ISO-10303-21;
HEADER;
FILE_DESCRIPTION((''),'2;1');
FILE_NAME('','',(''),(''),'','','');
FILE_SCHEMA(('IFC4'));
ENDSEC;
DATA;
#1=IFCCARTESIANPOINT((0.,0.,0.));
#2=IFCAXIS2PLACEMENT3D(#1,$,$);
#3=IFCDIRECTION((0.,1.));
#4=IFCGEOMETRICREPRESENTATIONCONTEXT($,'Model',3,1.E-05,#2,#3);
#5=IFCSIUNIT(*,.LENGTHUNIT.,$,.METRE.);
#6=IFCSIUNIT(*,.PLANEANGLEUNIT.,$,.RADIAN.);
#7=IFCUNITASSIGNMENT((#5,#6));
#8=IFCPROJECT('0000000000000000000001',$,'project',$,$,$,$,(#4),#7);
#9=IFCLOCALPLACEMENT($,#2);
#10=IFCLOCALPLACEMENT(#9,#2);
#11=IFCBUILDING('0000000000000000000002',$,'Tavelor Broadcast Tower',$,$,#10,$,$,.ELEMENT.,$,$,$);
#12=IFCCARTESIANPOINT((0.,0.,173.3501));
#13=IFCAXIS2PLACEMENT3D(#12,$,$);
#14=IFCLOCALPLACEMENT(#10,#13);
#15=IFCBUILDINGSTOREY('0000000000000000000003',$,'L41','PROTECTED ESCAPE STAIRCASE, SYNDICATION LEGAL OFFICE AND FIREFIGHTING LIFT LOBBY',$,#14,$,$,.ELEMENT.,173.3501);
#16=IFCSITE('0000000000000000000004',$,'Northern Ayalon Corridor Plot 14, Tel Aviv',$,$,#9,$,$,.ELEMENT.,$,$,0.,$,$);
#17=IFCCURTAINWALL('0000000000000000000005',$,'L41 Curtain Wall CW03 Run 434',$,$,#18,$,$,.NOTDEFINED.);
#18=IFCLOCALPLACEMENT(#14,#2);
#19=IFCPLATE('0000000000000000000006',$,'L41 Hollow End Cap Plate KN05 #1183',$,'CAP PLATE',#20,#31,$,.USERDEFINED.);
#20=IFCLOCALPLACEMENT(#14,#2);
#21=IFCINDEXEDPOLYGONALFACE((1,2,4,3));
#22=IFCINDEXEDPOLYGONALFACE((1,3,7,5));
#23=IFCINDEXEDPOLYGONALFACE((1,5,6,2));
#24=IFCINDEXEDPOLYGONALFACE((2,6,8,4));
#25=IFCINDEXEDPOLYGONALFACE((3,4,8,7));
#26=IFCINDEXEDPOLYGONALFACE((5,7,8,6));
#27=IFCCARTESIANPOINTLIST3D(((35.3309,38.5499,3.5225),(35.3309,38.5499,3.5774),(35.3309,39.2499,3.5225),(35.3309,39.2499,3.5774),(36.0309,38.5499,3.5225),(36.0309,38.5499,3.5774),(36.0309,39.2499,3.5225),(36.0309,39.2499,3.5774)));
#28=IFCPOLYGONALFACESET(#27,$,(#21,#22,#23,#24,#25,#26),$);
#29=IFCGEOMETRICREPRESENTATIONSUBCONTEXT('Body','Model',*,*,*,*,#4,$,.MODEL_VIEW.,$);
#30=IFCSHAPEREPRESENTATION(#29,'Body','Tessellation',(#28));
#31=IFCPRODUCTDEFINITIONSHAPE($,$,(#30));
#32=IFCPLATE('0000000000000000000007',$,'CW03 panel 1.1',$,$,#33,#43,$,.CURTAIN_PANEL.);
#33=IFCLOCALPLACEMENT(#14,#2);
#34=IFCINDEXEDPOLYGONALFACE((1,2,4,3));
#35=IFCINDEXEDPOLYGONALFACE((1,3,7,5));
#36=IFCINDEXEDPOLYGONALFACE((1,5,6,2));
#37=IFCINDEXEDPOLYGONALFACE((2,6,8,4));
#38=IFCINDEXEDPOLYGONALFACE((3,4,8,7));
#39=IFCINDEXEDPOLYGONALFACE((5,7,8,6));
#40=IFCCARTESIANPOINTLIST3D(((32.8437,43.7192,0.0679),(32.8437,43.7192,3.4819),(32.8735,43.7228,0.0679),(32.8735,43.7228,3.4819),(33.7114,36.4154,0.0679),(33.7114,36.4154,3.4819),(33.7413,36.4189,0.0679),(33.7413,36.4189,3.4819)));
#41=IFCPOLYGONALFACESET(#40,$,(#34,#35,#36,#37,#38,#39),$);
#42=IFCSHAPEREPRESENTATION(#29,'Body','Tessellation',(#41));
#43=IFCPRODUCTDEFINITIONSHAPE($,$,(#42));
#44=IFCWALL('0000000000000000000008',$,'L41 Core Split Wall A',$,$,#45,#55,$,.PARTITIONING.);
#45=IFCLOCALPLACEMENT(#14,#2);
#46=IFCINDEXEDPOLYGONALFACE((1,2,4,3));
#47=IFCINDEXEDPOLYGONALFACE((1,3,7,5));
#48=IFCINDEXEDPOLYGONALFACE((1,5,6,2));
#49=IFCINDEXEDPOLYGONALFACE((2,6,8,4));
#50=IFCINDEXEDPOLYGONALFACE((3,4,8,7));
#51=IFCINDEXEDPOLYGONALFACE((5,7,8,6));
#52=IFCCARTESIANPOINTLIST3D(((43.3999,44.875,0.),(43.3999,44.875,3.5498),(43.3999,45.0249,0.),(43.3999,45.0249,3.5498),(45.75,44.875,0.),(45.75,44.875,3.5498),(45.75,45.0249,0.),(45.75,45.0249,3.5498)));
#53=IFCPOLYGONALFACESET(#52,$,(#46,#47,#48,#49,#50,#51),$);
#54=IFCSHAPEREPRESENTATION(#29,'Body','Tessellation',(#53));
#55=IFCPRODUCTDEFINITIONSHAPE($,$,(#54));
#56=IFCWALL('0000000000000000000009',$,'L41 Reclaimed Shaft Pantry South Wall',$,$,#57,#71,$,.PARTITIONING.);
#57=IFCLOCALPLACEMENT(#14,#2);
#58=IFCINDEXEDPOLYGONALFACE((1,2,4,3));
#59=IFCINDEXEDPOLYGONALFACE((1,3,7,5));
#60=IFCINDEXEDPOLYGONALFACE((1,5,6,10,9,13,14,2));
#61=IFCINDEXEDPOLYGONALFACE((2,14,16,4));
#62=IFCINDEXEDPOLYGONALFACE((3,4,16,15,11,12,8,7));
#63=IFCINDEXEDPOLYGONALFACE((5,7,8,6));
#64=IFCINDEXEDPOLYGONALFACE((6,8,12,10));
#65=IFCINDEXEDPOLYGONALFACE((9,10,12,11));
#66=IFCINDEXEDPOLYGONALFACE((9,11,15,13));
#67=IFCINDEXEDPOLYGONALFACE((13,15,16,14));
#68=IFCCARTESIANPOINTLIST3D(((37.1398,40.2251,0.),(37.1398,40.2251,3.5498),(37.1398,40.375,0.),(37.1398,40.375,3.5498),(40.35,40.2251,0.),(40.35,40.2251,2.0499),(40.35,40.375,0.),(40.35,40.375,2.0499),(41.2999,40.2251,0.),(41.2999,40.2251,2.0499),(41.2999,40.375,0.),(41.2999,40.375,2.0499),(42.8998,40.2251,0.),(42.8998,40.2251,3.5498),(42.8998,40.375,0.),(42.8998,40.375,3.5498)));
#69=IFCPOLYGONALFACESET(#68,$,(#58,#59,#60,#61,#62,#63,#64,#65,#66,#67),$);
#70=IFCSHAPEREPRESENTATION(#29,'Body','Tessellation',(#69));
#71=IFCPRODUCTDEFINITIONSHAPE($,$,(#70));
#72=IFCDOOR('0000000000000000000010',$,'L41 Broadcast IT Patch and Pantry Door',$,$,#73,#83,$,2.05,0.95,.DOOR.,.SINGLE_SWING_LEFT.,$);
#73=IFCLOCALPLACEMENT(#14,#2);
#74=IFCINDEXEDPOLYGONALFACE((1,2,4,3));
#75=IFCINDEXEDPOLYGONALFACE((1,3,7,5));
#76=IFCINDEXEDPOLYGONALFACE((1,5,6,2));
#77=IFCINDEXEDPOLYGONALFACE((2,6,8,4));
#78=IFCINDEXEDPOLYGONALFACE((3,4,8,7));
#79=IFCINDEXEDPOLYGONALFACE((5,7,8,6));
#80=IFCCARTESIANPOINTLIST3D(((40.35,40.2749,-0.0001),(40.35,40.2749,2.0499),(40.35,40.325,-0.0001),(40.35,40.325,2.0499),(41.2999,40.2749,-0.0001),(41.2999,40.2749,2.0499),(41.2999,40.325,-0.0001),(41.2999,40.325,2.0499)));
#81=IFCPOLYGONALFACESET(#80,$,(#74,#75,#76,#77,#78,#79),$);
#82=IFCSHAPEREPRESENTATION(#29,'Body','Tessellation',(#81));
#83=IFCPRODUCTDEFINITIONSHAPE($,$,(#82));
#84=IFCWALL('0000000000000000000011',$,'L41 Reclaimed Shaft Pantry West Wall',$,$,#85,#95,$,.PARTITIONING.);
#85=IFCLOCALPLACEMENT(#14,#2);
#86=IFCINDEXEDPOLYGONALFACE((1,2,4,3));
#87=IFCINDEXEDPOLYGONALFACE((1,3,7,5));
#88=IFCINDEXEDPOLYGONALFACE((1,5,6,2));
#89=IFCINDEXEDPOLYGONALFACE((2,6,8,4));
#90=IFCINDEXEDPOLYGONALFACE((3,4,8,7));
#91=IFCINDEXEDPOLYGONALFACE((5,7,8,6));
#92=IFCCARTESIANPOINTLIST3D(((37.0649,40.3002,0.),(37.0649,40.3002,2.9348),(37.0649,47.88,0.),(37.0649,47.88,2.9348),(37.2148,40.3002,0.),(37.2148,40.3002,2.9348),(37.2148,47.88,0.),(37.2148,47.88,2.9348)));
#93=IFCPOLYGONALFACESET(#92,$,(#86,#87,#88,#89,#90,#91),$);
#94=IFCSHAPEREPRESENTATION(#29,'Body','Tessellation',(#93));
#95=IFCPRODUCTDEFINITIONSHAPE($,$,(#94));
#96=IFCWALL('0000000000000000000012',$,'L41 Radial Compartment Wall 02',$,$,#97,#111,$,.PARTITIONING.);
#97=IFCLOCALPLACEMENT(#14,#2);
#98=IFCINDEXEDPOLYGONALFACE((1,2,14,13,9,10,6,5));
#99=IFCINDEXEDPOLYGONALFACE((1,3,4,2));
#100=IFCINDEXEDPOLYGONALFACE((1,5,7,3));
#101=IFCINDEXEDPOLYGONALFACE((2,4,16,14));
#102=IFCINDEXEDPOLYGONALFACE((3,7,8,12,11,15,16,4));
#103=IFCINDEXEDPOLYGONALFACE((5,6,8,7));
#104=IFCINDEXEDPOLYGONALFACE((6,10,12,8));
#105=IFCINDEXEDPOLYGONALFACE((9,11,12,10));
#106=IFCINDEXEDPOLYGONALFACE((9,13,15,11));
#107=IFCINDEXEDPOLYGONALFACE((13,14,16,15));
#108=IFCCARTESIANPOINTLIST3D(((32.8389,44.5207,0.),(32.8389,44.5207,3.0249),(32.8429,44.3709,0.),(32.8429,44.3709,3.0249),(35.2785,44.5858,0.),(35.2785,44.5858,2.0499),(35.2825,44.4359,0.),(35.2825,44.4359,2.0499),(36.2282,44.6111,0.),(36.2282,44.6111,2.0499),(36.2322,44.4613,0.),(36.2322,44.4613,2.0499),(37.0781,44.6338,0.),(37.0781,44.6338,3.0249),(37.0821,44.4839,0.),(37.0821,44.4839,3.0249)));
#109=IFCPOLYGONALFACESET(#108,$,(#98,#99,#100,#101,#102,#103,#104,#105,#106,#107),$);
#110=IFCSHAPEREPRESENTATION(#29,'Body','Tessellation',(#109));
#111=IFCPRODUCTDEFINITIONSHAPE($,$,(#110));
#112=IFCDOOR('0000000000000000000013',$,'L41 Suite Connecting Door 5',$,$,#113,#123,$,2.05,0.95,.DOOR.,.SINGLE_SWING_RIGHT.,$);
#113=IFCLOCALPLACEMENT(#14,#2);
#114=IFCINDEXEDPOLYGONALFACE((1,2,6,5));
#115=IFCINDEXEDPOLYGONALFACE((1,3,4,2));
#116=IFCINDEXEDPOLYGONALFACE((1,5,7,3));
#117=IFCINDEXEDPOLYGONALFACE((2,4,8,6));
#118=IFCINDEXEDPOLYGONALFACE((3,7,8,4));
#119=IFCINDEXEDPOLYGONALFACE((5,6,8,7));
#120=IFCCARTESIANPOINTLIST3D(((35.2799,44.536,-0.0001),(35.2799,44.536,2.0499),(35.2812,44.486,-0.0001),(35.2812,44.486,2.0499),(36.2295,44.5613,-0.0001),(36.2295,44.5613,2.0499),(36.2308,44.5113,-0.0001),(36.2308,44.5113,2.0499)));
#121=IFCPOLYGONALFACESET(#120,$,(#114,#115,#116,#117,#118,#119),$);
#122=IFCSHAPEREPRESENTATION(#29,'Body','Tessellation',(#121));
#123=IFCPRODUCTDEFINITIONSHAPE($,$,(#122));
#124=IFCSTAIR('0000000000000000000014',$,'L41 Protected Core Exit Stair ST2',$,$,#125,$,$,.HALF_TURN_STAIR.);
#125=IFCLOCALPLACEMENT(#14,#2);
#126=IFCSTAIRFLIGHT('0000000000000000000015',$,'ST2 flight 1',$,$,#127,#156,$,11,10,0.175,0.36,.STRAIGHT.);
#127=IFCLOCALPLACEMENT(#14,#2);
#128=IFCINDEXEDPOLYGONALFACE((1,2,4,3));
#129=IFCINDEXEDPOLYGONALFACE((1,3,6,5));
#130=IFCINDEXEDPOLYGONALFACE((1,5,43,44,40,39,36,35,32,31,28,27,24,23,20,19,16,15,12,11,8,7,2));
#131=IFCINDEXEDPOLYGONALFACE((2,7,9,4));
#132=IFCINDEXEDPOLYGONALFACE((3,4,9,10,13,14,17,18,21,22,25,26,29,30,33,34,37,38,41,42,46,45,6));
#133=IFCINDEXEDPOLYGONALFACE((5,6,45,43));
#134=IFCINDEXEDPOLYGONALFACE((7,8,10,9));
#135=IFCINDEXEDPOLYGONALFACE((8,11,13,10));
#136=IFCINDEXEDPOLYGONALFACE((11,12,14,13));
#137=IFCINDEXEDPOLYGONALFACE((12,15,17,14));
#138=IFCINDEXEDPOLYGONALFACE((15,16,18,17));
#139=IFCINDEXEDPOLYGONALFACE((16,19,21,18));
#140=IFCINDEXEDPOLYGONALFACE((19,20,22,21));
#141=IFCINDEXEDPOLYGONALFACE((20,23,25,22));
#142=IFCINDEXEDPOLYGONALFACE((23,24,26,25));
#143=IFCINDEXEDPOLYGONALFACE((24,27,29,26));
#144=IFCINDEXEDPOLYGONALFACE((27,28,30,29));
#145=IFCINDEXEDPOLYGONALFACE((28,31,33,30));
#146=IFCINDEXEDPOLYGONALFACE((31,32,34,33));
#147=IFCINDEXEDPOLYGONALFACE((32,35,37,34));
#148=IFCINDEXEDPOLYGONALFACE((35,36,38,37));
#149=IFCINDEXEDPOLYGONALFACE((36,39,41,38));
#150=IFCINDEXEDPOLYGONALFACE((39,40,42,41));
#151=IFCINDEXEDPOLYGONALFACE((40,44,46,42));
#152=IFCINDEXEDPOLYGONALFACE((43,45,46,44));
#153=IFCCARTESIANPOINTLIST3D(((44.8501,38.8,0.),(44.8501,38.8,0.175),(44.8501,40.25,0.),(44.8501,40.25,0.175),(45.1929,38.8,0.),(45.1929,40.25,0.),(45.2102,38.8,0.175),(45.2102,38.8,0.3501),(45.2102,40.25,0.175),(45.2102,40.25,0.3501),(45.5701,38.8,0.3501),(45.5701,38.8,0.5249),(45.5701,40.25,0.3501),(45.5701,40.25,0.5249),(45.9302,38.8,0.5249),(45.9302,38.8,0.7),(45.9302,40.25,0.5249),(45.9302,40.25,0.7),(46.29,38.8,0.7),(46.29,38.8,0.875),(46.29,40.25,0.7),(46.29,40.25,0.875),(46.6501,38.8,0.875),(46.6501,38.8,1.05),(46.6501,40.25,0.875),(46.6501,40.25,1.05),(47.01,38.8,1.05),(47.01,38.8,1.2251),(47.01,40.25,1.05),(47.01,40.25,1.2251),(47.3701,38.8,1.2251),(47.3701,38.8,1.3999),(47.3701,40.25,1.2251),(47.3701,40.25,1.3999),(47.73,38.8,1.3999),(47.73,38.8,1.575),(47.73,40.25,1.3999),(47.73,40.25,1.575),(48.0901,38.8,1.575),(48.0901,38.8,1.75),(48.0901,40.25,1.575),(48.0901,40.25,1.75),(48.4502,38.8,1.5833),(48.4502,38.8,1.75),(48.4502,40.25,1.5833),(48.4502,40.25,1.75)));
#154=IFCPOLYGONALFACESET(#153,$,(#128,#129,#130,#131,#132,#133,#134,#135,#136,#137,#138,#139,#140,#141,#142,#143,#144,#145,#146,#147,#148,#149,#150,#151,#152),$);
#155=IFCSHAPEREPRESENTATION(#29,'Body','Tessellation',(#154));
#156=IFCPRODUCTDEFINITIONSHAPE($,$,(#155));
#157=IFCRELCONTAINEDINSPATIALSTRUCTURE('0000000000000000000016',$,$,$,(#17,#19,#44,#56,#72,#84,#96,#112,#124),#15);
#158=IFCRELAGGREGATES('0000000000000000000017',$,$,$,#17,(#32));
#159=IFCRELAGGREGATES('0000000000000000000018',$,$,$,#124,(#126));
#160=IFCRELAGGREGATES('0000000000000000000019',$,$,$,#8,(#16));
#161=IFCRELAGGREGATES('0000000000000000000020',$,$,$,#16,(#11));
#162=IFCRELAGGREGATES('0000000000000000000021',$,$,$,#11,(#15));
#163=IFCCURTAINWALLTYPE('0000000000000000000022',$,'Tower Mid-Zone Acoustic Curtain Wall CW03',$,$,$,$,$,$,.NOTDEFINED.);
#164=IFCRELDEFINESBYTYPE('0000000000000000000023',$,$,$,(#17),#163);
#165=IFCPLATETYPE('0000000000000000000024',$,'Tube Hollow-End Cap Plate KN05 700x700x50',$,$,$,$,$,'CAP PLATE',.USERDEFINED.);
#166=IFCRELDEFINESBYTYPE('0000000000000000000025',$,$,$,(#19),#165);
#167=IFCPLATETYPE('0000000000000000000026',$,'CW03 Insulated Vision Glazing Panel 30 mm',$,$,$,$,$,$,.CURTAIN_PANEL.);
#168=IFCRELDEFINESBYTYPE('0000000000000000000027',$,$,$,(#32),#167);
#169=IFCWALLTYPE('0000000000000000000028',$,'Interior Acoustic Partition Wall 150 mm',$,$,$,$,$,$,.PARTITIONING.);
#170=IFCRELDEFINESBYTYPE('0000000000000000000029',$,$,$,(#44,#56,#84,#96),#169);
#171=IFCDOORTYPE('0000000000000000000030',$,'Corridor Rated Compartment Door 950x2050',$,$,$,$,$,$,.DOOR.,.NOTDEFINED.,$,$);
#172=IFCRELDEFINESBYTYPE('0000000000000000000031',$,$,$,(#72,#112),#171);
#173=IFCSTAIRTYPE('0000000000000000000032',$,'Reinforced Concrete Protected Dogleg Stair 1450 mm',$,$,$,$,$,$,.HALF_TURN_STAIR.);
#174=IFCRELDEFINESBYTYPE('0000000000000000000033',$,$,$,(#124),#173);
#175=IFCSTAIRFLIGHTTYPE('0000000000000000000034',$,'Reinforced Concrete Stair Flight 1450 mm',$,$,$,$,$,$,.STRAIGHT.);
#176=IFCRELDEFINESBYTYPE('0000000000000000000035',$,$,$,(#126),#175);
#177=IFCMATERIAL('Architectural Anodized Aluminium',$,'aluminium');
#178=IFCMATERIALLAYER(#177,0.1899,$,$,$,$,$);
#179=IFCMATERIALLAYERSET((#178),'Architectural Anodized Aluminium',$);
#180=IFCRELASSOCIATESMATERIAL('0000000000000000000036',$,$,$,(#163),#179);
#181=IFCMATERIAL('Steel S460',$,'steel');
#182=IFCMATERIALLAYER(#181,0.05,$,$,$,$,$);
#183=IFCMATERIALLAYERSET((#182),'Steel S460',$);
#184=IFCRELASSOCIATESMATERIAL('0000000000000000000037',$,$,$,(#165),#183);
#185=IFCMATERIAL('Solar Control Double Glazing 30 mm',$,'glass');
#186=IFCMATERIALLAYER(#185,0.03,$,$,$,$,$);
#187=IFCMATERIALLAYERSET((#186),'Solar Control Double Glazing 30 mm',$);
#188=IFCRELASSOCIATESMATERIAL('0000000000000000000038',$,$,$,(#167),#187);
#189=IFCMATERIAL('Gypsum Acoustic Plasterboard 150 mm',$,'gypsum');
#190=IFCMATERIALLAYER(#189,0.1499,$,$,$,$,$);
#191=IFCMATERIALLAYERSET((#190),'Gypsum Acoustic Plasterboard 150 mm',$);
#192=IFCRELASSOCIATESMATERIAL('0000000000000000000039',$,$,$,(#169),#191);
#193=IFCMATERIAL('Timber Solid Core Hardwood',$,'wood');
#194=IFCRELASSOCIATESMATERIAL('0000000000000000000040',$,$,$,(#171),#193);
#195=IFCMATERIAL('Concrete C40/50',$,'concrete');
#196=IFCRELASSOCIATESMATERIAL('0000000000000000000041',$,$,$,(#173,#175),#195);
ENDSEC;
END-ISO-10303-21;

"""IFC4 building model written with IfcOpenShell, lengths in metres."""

from ifc_helpers import new_model, si_unit, direction, frame, frame_2d, origin, origin_2d, place, context, subcontext, project, spatial, polyline, rectangle, outline, extrude, source, transform, mapped, material, layer, layer_set, type_object, type_shapes, element, fill, aggregate, save


model = new_model("IFC4")

# Units and contexts
model_context = context("Model", 3, precision=1e-05, world=origin(), true_north=direction((0.0, 1.0)))
body_context = subcontext(model_context, "Body", "Model", "MODEL_VIEW")
ifc_project = project(units=[si_unit("LENGTHUNIT", "METRE"), si_unit("PLANEANGLEUNIT", "RADIAN")], contexts=[model_context])

# Site, building, storey
site_placement = place(None, origin())
site = spatial("IfcSite", under=ifc_project, at=site_placement, Name="Northern Ayalon Corridor Plot 14, Tel Aviv", CompositionType="ELEMENT", RefElevation=0.0)
building_placement = place(site_placement, origin())
building = spatial("IfcBuilding", under=site, at=building_placement, Name="Tavelor Broadcast Tower", CompositionType="ELEMENT")
storey_placement = place(building_placement, frame((0.0, 0.0, 173.3501)))
storey = spatial("IfcBuildingStorey", under=building, at=storey_placement, Name="L41", Description="PROTECTED ESCAPE STAIRCASE, SYNDICATION LEGAL OFFICE AND FIREFIGHTING LIFT LOBBY", CompositionType="ELEMENT", Elevation=173.3501)

# Shared definitions
ifc_material_1 = material(Name="Steel S460", Category="steel")

# Shared definitions
ifc_material_2 = material(Name="Concrete C40/50", Category="concrete")

# Shared definitions
ifc_material_3 = material(Name="Architectural Anodized Aluminium", Category="aluminium")
ifc_layer_1 = layer(ifc_material_3, 0.1899)
ifc_layer_set_1 = layer_set([ifc_layer_1], Name="Architectural Anodized Aluminium")
curtain_wall_type = type_object("IfcCurtainWallType", Name="Tower Mid-Zone Acoustic Curtain Wall CW03", PredefinedType="NOTDEFINED", material=ifc_layer_set_1)

# Curtain wall
curtain_wall_1_placement = place(storey_placement, origin())
curtain_wall_1 = element("IfcCurtainWall", 1, at=curtain_wall_1_placement, inside=storey, type_object=curtain_wall_type, Name="L41 Curtain Wall CW03 Run 434", PredefinedType="NOTDEFINED")

# Plates
ifc_layer_2 = layer(ifc_material_1, 0.05)
ifc_layer_set_2 = layer_set([ifc_layer_2], Name="Steel S460")
plate_type_1 = type_object("IfcPlateType", Name="Tube Hollow-End Cap Plate KN05 700x700x50", ElementType="CAP PLATE", PredefinedType="USERDEFINED", material=ifc_layer_set_2)
shared_shape_1 = source(origin(), body_context, "Body", "SweptSolid", [
    extrude(rectangle(XDim=0.7, YDim=0.7, at=origin_2d()), origin(), (0.0, 0.0, 1.0), 0.0549),
])
type_shapes(plate_type_1, [shared_shape_1])
plate_1_placement = place(storey_placement, frame((35.6809, 38.8999, 3.5225), z_axis=(0.0, 0.0, 1.0), x_axis=(1.0, 0.0, 0.0)))
element("IfcPlate", 2, at=plate_1_placement, inside=storey, type_object=plate_type_1, Name="L41 Hollow End Cap Plate KN05 #1183", ObjectType="CAP PLATE", PredefinedType="USERDEFINED", context=body_context, shape_type="MappedRepresentation", body=[
    mapped(shared_shape_1, transform((0.0, 0.0, 0.0), scale=1.0)),
])
ifc_material_4 = material(Name="Solar Control Double Glazing 30 mm", Category="glass")
ifc_layer_3 = layer(ifc_material_4, 0.03)
ifc_layer_set_3 = layer_set([ifc_layer_3], Name="Solar Control Double Glazing 30 mm")
plate_type_2 = type_object("IfcPlateType", Name="CW03 Insulated Vision Glazing Panel 30 mm", PredefinedType="CURTAIN_PANEL", material=ifc_layer_set_3)
shared_shape_2 = source(origin(), body_context, "Body", "SweptSolid", [
    extrude(rectangle(XDim=7.3552, YDim=0.03, at=origin_2d()), origin(), (0.0, 0.0, 1.0), 3.4141),
])
type_shapes(plate_type_2, [shared_shape_2])
plate_2_placement = place(storey_placement, frame((33.2925, 40.0691, 0.0679), z_axis=(0.0, 0.0, 1.0), x_axis=(0.117977, -0.993016, 0.0)))
plate_2 = element("IfcPlate", 3, at=plate_2_placement, type_object=plate_type_2, Name="CW03 panel 1.1", PredefinedType="CURTAIN_PANEL", context=body_context, shape_type="MappedRepresentation", body=[
    mapped(shared_shape_2, transform((0.0, 0.0, 0.0), scale=1.0)),
])
aggregate(curtain_wall_1, [plate_2])

# Wall
ifc_material_5 = material(Name="Gypsum Acoustic Plasterboard 150 mm", Category="gypsum")
ifc_layer_4 = layer(ifc_material_5, 0.1499)
ifc_layer_set_4 = layer_set([ifc_layer_4], Name="Gypsum Acoustic Plasterboard 150 mm")
wall_type_1 = type_object("IfcWallType", Name="Interior Acoustic Partition Wall 150 mm", PredefinedType="PARTITIONING", material=ifc_layer_set_4)
wall_1_placement = place(storey_placement, frame((43.3999, 44.95, 0.0), z_axis=(0.0, 0.0, 1.0), x_axis=(1.0, 0.0, 0.0)))
element("IfcWall", 4, at=wall_1_placement, inside=storey, type_object=wall_type_1, Name="L41 Core Split Wall A", PredefinedType="PARTITIONING", context=body_context, shape_type="SweptSolid", body=[
    extrude(rectangle(XDim=2.3501, YDim=0.1499, at=frame_2d((1.175, 0.0))), origin(), (0.0, 0.0, 1.0), 3.5498),
])

# Wall, opening, door
wall_2_placement = place(storey_placement, frame((37.1399, 40.3, 0.0), z_axis=(0.0, 0.0, 1.0), x_axis=(1.0, 0.0, 0.0)))
wall_2 = element("IfcWall", 5, at=wall_2_placement, inside=storey, type_object=wall_type_1, Name="L41 Reclaimed Shaft Pantry South Wall", PredefinedType="PARTITIONING", context=body_context, shape_type="SweptSolid", body=[
    extrude(rectangle(XDim=5.76, YDim=0.1499, at=frame_2d((2.8799, 0.0))), origin(), (0.0, 0.0, 1.0), 3.5498),
])
opening_1_placement = place(wall_2_placement, frame((3.21, 0.0, 0.0)))
opening_1 = element("IfcOpeningElement", 6, at=opening_1_placement, cuts=wall_2, PredefinedType="OPENING", context=body_context, shape_type="SweptSolid", body=[
    extrude(rectangle(XDim=0.95, YDim=2.05, at=frame_2d((0.4751, 1.0249))), frame((0.0, 0.085, 0.0), z_axis=(0.0, -1.0, 0.0), x_axis=(1.0, 0.0, 0.0)), (0.0, 0.0, 1.0), 0.1699),
])
ifc_material_6 = material(Name="Timber Solid Core Hardwood", Category="wood")
door_type_1 = type_object("IfcDoorType", Name="Corridor Rated Compartment Door 950x2050", OperationType="NOTDEFINED", PredefinedType="DOOR", material=ifc_material_6)
door_1_placement = place(opening_1_placement, origin())
door_1 = element("IfcDoor", 7, at=door_1_placement, inside=storey, type_object=door_type_1, Name="L41 Broadcast IT Patch and Pantry Door", OperationType="SINGLE_SWING_LEFT", OverallHeight=2.05, OverallWidth=0.95, PredefinedType="DOOR", context=body_context, shape_type="SweptSolid", body=[
    extrude(rectangle(XDim=0.95, YDim=2.05, at=frame_2d((0.4751, 1.0249))), frame((0.0, 0.0249, 0.0), z_axis=(0.0, -1.0, 0.0), x_axis=(1.0, 0.0, 0.0)), (0.0, 0.0, 1.0), 0.05),
])
fill(opening_1, door_1)

# Wall
wall_3_placement = place(storey_placement, frame((37.1399, 40.3, 0.0), z_axis=(0.0, 0.0, 1.0), x_axis=(0.0, 1.0, 0.0)))
element("IfcWall", 8, at=wall_3_placement, inside=storey, type_object=wall_type_1, Name="L41 Reclaimed Shaft Pantry West Wall", PredefinedType="PARTITIONING", context=body_context, shape_type="SweptSolid", body=[
    extrude(rectangle(XDim=7.5798, YDim=0.1499, at=frame_2d((3.79, 0.0))), origin(), (0.0, 0.0, 1.0), 2.9348),
])

# Wall, opening, door
wall_4_placement = place(storey_placement, frame((37.0801, 44.5588, 0.0), z_axis=(0.0, 0.0, 1.0), x_axis=(-0.999645, -0.026655, 0.0)))
wall_4 = element("IfcWall", 9, at=wall_4_placement, inside=storey, type_object=wall_type_1, Name="L41 Radial Compartment Wall 02", PredefinedType="PARTITIONING", context=body_context, shape_type="SweptSolid", body=[
    extrude(rectangle(XDim=4.2407, YDim=0.1499, at=frame_2d((2.1204, 0.0))), origin(), (0.0, 0.0, 1.0), 3.0249),
])
opening_2_placement = place(wall_4_placement, frame((0.8501, 0.0, 0.0)))
opening_2 = element("IfcOpeningElement", 10, at=opening_2_placement, cuts=wall_4, PredefinedType="OPENING", context=body_context, shape_type="SweptSolid", body=[
    extrude(rectangle(XDim=0.95, YDim=2.05, at=frame_2d((0.4751, 1.0249))), frame((0.0, 0.085, 0.0), z_axis=(0.0, -1.0, 0.0), x_axis=(1.0, 0.0, 0.0)), (0.0, 0.0, 1.0), 0.1699),
])
door_2_placement = place(opening_2_placement, origin())
door_2 = element("IfcDoor", 11, at=door_2_placement, inside=storey, type_object=door_type_1, Name="L41 Suite Connecting Door 5", OperationType="SINGLE_SWING_RIGHT", OverallHeight=2.05, OverallWidth=0.95, PredefinedType="DOOR", context=body_context, shape_type="SweptSolid", body=[
    extrude(rectangle(XDim=0.95, YDim=2.05, at=frame_2d((0.4751, 1.0249))), frame((0.0, 0.0249, 0.0), z_axis=(0.0, -1.0, 0.0), x_axis=(1.0, 0.0, 0.0)), (0.0, 0.0, 1.0), 0.05),
])
fill(opening_2, door_2)

# Stair, stair flight
stair_type = type_object("IfcStairType", Name="Reinforced Concrete Protected Dogleg Stair 1450 mm", PredefinedType="HALF_TURN_STAIR", material=ifc_material_2)
stair_placement = place(storey_placement, origin())
stair = element("IfcStair", 12, at=stair_placement, inside=storey, type_object=stair_type, Name="L41 Protected Core Exit Stair ST2", PredefinedType="HALF_TURN_STAIR")
stair_flight_type = type_object("IfcStairFlightType", Name="Reinforced Concrete Stair Flight 1450 mm", PredefinedType="STRAIGHT", material=ifc_material_2)
stair_flight_placement = place(storey_placement, frame((44.8501, 39.5249, 0.0), z_axis=(0.0, 0.0, 1.0), x_axis=(1.0, 0.0, 0.0)))
stair_flight = element("IfcStairFlight", 13, at=stair_flight_placement, type_object=stair_flight_type, Name="ST2 flight 1", NumberOfRisers=11, NumberOfTreads=10, PredefinedType="STRAIGHT", RiserHeight=0.175, TreadLength=0.36, context=body_context, shape_type="SweptSolid", body=[
    extrude(outline(polyline([(0.0, 0.0), (0.0, 0.175), (0.3601, 0.175), (0.3601, 0.3501), (0.72, 0.3501), (0.72, 0.5249), (1.0801, 0.5249), (1.0801, 0.7), (1.4399, 0.7), (1.4399, 0.875), (1.8, 0.875), (1.8, 1.05), (2.1599, 1.05), (2.1599, 1.2251), (2.52, 1.2251), (2.52, 1.3999), (2.8799, 1.3999), (2.8799, 1.575), (3.24, 1.575), (3.24, 1.75), (3.6001, 1.75), (3.6001, 1.925), (3.6001, 1.5833), (0.3428, 0.0), (0.0, 0.0)])), frame((0.0, 0.7251, 0.0), z_axis=(0.0, -1.0, 0.0), x_axis=(1.0, 0.0, 0.0)), (0.0, 0.0, 1.0), 1.45),
])
aggregate(stair, [stair_flight])

save(model, "model.ifc")
